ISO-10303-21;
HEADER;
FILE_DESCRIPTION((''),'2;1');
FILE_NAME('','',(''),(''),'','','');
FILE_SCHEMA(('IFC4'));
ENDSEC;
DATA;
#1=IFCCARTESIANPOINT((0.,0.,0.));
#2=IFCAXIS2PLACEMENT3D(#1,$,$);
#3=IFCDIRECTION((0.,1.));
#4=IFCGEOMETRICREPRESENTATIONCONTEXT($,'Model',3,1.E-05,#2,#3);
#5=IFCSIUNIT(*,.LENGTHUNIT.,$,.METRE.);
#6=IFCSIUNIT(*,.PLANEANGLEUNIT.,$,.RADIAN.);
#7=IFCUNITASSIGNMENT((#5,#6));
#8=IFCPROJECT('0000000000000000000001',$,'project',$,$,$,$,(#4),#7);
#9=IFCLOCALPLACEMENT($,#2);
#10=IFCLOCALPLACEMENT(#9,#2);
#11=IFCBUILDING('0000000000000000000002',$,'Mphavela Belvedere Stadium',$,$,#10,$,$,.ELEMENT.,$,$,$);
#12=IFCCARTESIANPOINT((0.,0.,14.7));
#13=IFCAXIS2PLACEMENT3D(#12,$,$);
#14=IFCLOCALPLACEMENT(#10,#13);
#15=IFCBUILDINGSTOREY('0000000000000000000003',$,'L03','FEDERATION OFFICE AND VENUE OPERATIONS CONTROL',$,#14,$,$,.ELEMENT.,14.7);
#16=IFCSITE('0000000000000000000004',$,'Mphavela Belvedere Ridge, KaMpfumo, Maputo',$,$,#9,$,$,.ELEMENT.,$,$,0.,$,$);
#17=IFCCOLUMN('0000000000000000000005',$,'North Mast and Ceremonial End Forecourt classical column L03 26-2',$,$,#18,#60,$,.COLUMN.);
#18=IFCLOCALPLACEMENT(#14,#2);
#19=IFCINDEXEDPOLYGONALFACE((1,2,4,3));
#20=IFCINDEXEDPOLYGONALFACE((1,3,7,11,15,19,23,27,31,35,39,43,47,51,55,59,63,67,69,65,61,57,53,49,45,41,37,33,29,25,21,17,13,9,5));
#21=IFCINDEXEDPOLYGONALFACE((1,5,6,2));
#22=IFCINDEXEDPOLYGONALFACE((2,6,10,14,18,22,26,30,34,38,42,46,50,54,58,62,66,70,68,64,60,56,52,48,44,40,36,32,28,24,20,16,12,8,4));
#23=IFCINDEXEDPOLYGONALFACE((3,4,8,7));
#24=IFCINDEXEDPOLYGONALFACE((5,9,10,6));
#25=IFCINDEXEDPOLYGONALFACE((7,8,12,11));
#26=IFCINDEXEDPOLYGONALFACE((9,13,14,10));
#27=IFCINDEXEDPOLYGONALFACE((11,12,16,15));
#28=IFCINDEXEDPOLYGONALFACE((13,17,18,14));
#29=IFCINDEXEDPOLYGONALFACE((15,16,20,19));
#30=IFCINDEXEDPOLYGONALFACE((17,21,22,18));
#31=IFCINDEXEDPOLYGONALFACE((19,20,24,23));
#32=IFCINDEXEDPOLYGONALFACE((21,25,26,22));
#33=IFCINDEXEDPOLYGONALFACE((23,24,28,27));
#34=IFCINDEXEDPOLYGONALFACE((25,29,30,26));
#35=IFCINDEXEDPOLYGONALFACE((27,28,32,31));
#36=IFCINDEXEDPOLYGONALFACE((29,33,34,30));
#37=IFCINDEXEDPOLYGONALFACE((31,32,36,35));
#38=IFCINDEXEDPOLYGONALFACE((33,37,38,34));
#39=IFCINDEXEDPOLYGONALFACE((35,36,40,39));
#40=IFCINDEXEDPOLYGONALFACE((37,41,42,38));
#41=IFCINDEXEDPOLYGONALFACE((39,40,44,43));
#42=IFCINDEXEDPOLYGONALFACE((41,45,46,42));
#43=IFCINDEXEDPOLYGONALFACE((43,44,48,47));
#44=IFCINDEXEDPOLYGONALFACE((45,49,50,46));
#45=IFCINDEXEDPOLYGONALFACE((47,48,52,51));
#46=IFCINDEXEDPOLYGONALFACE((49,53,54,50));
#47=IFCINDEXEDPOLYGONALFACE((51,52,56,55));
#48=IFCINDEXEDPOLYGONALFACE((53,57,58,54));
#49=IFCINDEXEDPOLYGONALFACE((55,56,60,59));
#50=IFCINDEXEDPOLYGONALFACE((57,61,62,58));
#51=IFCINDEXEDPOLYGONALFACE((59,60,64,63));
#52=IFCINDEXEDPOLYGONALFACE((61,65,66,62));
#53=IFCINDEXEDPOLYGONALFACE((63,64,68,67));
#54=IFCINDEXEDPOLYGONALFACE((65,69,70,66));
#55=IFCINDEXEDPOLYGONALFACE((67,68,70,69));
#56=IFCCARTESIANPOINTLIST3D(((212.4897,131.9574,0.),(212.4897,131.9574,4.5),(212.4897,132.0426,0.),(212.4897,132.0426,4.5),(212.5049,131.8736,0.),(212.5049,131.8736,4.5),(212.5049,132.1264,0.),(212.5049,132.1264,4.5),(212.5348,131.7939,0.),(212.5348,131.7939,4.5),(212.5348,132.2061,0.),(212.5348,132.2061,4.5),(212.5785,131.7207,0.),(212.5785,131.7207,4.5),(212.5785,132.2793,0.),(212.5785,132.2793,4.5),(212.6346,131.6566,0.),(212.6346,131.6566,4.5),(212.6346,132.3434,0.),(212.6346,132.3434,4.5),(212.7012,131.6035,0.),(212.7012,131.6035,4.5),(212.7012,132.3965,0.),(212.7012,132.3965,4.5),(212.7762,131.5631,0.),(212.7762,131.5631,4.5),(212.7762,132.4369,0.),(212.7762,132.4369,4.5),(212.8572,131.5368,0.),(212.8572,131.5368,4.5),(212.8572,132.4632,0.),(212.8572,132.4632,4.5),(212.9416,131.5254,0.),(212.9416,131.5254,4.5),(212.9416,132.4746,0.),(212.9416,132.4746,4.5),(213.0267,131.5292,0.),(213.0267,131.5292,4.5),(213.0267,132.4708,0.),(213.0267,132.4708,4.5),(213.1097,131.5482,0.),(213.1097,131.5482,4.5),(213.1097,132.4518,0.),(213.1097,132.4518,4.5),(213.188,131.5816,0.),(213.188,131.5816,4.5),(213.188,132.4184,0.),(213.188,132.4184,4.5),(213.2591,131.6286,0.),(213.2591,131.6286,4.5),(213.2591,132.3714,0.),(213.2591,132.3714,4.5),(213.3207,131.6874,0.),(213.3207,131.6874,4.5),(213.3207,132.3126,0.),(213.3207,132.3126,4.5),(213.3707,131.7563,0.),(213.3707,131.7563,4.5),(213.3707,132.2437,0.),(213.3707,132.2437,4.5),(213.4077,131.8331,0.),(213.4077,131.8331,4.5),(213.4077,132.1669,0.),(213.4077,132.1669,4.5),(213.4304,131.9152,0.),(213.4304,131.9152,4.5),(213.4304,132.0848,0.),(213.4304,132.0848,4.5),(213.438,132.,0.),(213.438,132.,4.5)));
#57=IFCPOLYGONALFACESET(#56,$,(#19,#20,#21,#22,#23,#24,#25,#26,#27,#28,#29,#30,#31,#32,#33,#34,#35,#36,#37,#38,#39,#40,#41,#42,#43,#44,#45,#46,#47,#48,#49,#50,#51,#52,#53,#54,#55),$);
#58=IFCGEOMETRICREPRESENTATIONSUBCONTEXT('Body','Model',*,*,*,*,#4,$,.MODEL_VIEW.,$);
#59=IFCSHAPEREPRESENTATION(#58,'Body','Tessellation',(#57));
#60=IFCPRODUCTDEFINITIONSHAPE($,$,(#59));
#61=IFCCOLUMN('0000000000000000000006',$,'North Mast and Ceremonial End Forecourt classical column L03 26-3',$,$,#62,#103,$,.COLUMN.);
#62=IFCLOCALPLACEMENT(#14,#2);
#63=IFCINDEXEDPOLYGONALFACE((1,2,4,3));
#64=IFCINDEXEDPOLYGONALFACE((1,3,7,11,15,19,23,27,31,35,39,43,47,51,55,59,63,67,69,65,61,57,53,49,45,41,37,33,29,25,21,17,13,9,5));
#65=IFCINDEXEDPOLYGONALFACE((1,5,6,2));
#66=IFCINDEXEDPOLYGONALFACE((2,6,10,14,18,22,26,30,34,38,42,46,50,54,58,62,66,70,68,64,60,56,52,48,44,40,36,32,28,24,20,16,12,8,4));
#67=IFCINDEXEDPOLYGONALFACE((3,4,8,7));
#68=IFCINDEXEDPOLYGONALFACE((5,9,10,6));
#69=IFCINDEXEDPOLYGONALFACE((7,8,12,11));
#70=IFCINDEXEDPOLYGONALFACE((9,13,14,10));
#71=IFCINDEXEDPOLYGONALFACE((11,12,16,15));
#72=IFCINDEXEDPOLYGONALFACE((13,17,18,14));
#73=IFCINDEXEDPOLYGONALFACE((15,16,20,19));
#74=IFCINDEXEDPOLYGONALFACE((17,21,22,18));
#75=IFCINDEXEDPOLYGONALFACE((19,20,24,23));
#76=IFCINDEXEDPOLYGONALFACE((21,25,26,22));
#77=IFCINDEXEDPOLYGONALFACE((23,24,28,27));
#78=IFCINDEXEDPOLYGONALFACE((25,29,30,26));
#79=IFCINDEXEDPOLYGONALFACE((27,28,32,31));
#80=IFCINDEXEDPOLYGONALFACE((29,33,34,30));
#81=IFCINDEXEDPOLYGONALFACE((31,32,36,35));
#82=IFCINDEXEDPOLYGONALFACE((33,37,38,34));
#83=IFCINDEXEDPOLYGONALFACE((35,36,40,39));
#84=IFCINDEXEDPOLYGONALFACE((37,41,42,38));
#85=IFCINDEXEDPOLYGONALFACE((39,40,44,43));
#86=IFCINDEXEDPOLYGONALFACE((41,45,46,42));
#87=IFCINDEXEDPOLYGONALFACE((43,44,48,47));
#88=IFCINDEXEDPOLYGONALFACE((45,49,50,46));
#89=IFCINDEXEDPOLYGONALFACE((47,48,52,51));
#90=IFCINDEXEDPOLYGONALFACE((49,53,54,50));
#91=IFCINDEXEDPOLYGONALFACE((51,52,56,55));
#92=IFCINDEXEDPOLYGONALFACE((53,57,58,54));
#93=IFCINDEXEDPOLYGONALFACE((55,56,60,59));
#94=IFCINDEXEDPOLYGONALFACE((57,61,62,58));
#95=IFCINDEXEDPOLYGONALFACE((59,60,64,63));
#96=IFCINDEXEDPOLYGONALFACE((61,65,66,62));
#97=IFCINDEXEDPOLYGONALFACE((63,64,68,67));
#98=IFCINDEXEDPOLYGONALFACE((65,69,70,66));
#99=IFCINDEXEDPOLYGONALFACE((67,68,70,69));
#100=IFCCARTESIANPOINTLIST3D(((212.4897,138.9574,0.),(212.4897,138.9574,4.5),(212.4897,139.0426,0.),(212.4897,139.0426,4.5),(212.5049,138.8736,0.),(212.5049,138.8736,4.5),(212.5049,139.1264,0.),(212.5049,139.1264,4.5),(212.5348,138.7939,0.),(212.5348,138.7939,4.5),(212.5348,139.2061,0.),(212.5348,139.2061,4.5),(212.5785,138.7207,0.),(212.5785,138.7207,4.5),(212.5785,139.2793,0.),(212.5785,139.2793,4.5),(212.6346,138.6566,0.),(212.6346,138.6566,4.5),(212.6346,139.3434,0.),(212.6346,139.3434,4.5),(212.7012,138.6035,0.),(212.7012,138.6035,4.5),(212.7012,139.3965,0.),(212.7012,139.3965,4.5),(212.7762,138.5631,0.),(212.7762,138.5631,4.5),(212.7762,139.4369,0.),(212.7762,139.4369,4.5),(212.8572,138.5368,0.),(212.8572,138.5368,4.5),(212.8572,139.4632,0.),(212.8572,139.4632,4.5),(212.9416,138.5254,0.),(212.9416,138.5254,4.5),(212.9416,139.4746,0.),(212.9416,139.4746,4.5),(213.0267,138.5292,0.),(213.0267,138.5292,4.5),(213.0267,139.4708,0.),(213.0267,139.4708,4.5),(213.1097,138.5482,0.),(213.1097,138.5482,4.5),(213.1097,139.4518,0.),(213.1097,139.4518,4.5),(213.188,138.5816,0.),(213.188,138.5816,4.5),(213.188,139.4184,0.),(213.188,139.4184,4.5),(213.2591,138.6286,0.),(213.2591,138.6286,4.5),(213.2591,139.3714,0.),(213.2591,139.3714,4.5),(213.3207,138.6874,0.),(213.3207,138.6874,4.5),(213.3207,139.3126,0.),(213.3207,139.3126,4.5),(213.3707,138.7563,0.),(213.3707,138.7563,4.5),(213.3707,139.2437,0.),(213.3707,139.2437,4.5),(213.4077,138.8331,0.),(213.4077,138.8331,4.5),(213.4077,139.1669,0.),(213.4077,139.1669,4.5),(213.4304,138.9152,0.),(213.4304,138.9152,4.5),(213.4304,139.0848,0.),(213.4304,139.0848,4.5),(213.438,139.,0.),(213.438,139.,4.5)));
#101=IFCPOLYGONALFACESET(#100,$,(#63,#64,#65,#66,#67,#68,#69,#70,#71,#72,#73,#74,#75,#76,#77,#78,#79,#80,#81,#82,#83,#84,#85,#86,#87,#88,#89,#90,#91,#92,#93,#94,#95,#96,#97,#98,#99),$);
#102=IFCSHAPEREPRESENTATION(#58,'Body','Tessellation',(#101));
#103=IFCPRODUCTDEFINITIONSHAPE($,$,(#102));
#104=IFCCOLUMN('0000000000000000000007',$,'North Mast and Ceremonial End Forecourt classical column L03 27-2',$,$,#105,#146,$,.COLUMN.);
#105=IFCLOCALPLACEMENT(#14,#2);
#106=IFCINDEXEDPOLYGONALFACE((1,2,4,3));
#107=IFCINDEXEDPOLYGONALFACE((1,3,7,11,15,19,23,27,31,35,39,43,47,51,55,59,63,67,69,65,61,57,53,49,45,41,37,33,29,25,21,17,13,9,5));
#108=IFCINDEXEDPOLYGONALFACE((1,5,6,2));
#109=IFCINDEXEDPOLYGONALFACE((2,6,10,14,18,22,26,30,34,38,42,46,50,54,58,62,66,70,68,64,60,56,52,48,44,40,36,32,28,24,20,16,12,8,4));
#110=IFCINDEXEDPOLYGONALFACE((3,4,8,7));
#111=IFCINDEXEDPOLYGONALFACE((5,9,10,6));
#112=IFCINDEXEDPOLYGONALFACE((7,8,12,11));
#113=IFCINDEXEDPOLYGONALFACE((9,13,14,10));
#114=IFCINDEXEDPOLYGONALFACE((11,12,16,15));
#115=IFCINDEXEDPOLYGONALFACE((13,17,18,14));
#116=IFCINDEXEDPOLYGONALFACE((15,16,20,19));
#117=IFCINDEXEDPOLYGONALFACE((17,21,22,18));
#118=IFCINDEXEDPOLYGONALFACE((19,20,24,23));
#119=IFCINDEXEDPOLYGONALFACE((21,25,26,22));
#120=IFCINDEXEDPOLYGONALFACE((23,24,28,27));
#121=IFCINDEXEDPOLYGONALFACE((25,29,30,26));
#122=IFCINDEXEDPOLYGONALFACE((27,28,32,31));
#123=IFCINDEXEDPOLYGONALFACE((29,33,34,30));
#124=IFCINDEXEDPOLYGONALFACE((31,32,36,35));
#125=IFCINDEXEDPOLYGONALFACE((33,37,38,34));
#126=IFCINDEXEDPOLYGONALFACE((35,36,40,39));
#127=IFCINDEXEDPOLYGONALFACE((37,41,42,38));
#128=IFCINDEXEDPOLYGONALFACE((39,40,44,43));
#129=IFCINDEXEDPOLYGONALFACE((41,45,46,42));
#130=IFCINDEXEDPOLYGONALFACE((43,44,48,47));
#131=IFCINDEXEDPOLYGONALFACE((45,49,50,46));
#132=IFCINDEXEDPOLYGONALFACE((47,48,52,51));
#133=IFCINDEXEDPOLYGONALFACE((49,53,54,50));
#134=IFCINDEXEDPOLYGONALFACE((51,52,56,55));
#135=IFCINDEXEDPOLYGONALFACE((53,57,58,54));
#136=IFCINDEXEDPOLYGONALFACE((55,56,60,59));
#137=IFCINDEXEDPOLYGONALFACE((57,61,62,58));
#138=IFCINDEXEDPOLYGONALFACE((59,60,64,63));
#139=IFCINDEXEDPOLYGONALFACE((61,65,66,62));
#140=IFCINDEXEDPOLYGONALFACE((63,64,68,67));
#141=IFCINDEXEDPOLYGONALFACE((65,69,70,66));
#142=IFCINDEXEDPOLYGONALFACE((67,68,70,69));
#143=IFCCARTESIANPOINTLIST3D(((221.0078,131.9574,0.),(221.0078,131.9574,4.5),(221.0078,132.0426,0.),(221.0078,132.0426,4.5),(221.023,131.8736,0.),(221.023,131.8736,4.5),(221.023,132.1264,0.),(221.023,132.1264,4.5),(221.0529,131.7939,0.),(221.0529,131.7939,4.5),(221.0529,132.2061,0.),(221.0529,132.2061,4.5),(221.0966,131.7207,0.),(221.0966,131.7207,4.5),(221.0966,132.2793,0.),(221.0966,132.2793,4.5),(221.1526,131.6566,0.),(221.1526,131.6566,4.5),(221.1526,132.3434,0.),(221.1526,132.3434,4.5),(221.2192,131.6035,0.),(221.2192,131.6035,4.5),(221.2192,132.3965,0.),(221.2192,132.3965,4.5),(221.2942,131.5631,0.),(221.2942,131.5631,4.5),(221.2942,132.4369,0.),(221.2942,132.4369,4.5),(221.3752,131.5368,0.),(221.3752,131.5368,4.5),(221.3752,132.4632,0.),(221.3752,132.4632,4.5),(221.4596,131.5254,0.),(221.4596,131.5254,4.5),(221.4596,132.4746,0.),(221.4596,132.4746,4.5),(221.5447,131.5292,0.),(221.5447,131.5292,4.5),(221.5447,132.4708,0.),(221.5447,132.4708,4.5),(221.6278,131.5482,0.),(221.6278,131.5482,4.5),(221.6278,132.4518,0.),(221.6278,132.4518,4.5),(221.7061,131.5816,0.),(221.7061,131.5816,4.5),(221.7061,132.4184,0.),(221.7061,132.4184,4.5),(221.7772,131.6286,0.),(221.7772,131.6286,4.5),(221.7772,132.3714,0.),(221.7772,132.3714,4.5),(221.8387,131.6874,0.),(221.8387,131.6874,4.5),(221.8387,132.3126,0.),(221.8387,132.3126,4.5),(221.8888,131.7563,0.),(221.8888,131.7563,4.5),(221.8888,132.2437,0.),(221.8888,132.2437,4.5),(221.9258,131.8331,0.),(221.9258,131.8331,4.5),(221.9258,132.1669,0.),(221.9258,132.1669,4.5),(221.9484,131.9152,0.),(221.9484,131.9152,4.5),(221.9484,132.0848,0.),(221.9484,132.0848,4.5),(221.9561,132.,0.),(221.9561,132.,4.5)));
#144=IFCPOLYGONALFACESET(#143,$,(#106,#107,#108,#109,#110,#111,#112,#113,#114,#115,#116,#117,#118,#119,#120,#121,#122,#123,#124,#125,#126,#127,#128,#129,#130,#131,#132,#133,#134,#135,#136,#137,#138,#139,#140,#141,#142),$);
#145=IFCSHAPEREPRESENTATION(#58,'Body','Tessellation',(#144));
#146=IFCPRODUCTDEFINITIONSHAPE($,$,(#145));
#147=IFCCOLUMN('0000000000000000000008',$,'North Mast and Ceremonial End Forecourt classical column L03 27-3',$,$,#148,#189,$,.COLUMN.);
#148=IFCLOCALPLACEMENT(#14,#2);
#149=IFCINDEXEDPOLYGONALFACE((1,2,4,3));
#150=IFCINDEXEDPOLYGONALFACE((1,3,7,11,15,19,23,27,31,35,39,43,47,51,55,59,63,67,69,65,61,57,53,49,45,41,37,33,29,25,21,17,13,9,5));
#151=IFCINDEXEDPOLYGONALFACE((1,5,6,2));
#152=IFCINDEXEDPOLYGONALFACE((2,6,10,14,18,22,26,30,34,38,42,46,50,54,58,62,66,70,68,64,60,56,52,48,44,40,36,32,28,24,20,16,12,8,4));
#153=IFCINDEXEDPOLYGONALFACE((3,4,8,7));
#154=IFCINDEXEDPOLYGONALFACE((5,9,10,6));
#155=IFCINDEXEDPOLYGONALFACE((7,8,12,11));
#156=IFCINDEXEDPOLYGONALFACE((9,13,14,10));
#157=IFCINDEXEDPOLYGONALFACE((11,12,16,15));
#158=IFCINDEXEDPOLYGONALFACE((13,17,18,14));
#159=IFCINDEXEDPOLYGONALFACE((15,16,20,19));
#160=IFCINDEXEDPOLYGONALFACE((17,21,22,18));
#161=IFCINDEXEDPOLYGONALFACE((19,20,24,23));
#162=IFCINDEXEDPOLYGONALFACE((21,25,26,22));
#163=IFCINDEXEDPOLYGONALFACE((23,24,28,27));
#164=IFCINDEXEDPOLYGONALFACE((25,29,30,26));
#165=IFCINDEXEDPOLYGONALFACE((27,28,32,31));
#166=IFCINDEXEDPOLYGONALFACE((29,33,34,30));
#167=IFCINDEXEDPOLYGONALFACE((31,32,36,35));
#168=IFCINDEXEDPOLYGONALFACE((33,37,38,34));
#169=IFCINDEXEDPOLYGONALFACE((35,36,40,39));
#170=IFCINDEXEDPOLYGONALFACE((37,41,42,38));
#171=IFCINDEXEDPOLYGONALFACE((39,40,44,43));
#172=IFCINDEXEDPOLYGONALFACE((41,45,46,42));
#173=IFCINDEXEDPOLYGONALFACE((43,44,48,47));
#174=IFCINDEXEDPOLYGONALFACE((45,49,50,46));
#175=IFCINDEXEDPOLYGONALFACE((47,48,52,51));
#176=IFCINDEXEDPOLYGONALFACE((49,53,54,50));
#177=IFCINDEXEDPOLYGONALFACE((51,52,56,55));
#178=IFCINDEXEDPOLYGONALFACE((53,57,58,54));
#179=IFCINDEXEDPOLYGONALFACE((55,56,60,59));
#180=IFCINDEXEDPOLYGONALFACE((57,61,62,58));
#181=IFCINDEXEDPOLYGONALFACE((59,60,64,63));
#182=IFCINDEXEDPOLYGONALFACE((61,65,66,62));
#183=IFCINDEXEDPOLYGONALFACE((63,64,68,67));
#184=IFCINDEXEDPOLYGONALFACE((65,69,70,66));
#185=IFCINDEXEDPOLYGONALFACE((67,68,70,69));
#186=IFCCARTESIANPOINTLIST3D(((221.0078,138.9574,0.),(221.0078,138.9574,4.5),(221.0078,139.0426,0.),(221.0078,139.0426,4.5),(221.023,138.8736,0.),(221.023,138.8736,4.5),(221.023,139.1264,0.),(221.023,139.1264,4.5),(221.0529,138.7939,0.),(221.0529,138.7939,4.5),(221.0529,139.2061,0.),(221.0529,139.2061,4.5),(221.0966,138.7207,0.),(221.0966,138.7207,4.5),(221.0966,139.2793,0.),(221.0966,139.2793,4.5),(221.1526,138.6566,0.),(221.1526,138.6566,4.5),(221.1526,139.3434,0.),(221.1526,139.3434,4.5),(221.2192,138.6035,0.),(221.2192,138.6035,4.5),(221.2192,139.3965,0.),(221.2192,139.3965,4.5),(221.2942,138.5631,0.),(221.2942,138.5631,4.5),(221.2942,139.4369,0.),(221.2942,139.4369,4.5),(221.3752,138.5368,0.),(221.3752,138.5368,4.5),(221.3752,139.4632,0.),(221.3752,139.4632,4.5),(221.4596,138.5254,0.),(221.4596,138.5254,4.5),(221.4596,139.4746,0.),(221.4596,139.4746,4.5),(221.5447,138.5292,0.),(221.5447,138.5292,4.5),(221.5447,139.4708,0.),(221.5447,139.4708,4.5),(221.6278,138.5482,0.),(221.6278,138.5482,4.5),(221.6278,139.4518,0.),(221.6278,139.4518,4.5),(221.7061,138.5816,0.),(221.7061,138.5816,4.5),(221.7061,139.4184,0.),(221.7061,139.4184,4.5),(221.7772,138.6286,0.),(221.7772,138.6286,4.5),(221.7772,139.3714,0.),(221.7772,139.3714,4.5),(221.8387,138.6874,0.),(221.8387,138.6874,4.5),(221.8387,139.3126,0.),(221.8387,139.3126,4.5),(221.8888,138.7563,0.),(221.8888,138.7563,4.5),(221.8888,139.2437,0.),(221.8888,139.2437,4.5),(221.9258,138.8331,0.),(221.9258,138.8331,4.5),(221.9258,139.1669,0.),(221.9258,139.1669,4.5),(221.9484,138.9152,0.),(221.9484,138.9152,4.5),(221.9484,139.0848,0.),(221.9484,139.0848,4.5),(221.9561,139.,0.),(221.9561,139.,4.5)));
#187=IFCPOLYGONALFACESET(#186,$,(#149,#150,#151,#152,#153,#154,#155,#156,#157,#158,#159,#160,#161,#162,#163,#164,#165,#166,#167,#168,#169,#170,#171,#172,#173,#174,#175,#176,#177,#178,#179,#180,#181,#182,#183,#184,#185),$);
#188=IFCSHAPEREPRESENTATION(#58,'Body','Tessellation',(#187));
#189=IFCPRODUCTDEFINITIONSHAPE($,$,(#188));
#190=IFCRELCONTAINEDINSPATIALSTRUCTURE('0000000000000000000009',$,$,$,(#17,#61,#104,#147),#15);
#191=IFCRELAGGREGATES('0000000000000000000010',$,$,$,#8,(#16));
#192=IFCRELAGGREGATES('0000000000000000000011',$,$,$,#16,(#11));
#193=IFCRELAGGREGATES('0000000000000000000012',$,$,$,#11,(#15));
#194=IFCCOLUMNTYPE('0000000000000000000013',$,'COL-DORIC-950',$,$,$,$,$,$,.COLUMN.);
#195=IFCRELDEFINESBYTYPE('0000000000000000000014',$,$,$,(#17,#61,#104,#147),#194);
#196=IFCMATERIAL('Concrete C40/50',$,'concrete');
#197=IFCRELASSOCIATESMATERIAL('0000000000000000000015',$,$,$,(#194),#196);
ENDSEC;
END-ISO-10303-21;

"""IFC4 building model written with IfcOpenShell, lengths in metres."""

from ifc_helpers import new_model, si_unit, direction, frame, origin, origin_2d, place, context, subcontext, project, spatial, circle, extrude, material, material_profile, profile_set, type_object, element, save


model = new_model("IFC4")

# Units and contexts
model_context = context("Model", 3, precision=1e-05, world=origin(), true_north=direction((0.0, 1.0)))
body_context = subcontext(model_context, "Body", "Model", "MODEL_VIEW")
ifc_project = project(units=[si_unit("LENGTHUNIT", "METRE"), si_unit("PLANEANGLEUNIT", "RADIAN")], contexts=[model_context])

# Site, building, storey
site_placement = place(None, origin())
site = spatial("IfcSite", under=ifc_project, at=site_placement, Name="Mphavela Belvedere Ridge, KaMpfumo, Maputo", CompositionType="ELEMENT", RefElevation=0.0)
building_placement = place(site_placement, origin())
building = spatial("IfcBuilding", under=site, at=building_placement, Name="Mphavela Belvedere Stadium", CompositionType="ELEMENT")
storey_placement = place(building_placement, frame((0.0, 0.0, 14.7)))
storey = spatial("IfcBuildingStorey", under=building, at=storey_placement, Name="L03", Description="FEDERATION OFFICE AND VENUE OPERATIONS CONTROL", CompositionType="ELEMENT", Elevation=14.7)

# Columns
ifc_material_1 = material(Name="Concrete C40/50", Category="concrete")
ifc_material_profile_1 = material_profile(ifc_material_1, circle(Radius=0.4751, at=origin_2d()), Name="COL D950")
ifc_profile_set_1 = profile_set([ifc_material_profile_1], Name="Concrete C40/50")
column_type_1 = type_object("IfcColumnType", Name="COL-DORIC-950", PredefinedType="COLUMN", material=ifc_profile_set_1)
for number, where, z_axis, x_axis, name in (
    (1, (212.9629, 132.0, 0.0), (0.0, 0.0, 1.0), (1.0, 0.0, 0.0), "North Mast and Ceremonial End Forecourt classical column L03 26-2"),
    (2, (212.9629, 139.0, 0.0), (0.0, 0.0, 1.0), (1.0, 0.0, 0.0), "North Mast and Ceremonial End Forecourt classical column L03 26-3"),
    (3, (221.481, 132.0, 0.0), (0.0, 0.0, 1.0), (1.0, 0.0, 0.0), "North Mast and Ceremonial End Forecourt classical column L03 27-2"),
    (4, (221.481, 139.0, 0.0), (0.0, 0.0, 1.0), (1.0, 0.0, 0.0), "North Mast and Ceremonial End Forecourt classical column L03 27-3"),
):
    element("IfcColumn", number, at=place(storey_placement, frame(where, z_axis=z_axis, x_axis=x_axis)), inside=storey, type_object=column_type_1, Name=name, PredefinedType="COLUMN", context=body_context, shape_type="SweptSolid", body=[
        extrude(circle(Radius=0.4751, at=origin_2d()), origin(), (0.0, 0.0, 1.0), 4.5),
    ])

save(model, "model.ifc")
